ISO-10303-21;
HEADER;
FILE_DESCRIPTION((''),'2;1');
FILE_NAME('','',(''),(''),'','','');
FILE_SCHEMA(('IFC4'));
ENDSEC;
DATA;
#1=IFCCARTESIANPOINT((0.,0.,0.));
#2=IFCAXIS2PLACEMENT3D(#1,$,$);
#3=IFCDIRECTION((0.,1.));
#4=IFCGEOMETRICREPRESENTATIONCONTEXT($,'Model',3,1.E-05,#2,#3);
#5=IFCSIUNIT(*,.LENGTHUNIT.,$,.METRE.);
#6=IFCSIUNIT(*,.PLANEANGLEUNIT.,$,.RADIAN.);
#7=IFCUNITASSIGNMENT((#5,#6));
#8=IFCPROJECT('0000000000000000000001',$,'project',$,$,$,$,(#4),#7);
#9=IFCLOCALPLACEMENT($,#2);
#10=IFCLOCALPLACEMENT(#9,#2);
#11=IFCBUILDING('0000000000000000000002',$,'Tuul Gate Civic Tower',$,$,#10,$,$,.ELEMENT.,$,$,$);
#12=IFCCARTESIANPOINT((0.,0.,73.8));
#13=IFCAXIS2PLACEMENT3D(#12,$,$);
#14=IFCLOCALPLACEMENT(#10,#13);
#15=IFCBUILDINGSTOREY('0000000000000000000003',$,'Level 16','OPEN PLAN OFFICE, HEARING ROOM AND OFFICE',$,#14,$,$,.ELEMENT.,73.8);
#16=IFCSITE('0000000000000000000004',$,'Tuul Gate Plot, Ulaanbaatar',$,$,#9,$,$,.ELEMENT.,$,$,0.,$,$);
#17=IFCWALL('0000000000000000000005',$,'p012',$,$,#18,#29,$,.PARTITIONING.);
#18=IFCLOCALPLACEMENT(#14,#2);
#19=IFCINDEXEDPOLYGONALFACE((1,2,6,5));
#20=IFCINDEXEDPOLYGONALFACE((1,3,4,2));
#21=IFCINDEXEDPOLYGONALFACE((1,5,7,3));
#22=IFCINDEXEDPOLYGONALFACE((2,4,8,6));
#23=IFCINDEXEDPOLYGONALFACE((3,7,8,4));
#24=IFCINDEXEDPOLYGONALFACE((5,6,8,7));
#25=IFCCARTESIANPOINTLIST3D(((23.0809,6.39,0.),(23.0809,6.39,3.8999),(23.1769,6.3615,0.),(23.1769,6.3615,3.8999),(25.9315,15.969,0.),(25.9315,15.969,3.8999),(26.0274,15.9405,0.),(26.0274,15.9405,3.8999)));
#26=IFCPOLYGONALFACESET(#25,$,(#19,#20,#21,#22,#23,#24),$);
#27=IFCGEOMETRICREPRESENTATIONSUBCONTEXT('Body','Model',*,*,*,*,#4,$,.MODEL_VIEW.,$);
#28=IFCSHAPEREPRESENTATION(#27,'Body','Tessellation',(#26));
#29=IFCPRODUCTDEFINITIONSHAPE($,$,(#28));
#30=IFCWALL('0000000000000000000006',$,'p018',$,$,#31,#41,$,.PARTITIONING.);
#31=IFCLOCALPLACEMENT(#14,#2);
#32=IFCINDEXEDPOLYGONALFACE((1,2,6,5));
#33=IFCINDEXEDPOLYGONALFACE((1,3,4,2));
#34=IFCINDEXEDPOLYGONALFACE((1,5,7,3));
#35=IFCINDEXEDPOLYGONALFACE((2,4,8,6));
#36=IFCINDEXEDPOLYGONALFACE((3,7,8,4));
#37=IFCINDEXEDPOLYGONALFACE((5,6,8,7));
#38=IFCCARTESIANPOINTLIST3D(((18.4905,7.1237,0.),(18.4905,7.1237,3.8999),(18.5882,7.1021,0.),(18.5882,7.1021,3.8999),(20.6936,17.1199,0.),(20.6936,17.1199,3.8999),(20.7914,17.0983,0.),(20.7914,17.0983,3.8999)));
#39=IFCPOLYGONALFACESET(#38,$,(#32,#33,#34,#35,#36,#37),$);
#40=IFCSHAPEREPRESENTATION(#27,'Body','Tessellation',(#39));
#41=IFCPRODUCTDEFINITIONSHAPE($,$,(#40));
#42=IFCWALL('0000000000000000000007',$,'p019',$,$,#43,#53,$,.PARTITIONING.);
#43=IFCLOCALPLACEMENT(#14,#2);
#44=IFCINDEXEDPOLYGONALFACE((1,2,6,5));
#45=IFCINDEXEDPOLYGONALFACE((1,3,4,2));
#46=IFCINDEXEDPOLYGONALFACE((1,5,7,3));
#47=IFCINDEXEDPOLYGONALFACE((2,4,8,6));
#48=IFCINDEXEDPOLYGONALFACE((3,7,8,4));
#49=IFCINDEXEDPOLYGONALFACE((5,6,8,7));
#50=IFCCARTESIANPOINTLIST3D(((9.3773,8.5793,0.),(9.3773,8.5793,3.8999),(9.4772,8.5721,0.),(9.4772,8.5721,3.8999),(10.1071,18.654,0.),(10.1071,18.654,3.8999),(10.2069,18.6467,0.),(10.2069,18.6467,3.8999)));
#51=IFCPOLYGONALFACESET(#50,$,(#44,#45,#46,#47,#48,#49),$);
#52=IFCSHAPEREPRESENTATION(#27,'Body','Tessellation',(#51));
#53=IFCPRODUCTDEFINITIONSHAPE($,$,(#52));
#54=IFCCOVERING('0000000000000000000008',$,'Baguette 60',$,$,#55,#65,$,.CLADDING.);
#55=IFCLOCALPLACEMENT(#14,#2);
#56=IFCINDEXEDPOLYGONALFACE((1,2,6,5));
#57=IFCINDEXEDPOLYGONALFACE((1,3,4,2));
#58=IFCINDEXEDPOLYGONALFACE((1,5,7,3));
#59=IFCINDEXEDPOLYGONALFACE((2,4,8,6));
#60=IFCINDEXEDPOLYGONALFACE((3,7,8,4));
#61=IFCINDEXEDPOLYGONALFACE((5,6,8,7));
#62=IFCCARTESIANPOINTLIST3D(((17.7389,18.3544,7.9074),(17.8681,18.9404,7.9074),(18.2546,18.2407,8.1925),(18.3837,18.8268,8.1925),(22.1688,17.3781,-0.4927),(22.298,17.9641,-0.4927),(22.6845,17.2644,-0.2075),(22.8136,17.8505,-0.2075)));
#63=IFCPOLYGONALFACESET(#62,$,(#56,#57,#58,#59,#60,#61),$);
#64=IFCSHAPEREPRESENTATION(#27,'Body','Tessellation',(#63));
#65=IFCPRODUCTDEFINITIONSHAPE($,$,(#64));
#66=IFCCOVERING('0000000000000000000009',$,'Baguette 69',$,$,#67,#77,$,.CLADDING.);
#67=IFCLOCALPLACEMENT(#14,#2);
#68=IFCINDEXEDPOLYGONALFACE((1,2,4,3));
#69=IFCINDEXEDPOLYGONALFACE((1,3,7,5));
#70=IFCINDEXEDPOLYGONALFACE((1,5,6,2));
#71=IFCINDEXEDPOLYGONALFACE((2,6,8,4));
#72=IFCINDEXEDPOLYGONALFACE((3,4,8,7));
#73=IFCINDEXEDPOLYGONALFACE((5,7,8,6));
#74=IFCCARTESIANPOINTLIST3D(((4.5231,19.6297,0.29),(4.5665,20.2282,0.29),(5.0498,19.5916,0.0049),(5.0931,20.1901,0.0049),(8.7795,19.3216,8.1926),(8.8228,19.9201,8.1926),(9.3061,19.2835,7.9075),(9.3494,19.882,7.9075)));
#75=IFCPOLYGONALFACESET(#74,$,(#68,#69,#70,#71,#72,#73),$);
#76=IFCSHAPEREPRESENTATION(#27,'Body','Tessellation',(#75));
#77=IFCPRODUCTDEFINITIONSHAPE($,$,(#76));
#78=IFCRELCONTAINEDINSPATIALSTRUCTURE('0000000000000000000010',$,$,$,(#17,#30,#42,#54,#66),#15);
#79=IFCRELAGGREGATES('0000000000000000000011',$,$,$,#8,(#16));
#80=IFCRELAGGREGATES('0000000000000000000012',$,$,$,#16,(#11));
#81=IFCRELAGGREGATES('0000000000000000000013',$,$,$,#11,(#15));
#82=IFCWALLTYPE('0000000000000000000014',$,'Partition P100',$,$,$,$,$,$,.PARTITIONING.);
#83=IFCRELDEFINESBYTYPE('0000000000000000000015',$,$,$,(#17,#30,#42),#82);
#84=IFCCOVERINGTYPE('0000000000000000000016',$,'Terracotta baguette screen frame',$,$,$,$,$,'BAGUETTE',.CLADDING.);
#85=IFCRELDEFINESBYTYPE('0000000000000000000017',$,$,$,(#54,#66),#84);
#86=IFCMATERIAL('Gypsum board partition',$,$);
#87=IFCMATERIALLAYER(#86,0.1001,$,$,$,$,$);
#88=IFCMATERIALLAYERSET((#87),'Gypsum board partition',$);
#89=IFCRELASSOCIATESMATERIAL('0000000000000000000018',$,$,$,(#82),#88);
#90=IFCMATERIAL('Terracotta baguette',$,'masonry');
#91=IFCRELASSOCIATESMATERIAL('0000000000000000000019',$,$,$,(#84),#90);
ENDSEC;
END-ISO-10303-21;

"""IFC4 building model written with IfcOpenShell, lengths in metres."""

from ifc_helpers import new_model, si_unit, direction, frame, frame_2d, origin, origin_2d, place, context, subcontext, project, spatial, rectangle, extrude, material, layer, layer_set, material_profile, profile_set, type_object, element, save


model = new_model("IFC4")

# Units and contexts
model_context = context("Model", 3, precision=1e-05, world=origin(), true_north=direction((0.0, 1.0)))
body_context = subcontext(model_context, "Body", "Model", "MODEL_VIEW")
ifc_project = project(units=[si_unit("LENGTHUNIT", "METRE"), si_unit("PLANEANGLEUNIT", "RADIAN")], contexts=[model_context])

# Site, building, storey
site_placement = place(None, origin())
site = spatial("IfcSite", under=ifc_project, at=site_placement, Name="Tuul Gate Plot, Ulaanbaatar", CompositionType="ELEMENT", RefElevation=0.0)
building_placement = place(site_placement, origin())
building = spatial("IfcBuilding", under=site, at=building_placement, Name="Tuul Gate Civic Tower", CompositionType="ELEMENT")
storey_placement = place(building_placement, frame((0.0, 0.0, 73.8)))
storey = spatial("IfcBuildingStorey", under=building, at=storey_placement, Name="Level 16", Description="OPEN PLAN OFFICE, HEARING ROOM AND OFFICE", CompositionType="ELEMENT", Elevation=73.8)

# Walls
ifc_material_1 = material(Name="Gypsum board partition")
ifc_layer_1 = layer(ifc_material_1, 0.1001)
ifc_layer_set_1 = layer_set([ifc_layer_1], Name="Gypsum board partition")
wall_type_1 = type_object("IfcWallType", Name="Partition P100", PredefinedType="PARTITIONING", material=ifc_layer_set_1)
wall_1_placement = place(storey_placement, frame((23.1289, 6.3757, 0.0), z_axis=(0.0, 0.0, 1.0), x_axis=(0.285223, 0.958461, 0.0)))
element("IfcWall", 1, at=wall_1_placement, inside=storey, type_object=wall_type_1, Name="p012", PredefinedType="PARTITIONING", context=body_context, shape_type="SweptSolid", body=[
    extrude(rectangle(XDim=9.9941, YDim=0.1001, at=frame_2d((4.9971, 0.0))), origin(), (0.0, 0.0, 1.0), 3.8999),
])
wall_2_placement = place(storey_placement, frame((18.5393, 7.1128, 0.0), z_axis=(0.0, 0.0, 1.0), x_axis=(0.215233, 0.976563, 0.0)))
element("IfcWall", 2, at=wall_2_placement, inside=storey, type_object=wall_type_1, Name="p018", PredefinedType="PARTITIONING", context=body_context, shape_type="SweptSolid", body=[
    extrude(rectangle(XDim=10.2361, YDim=0.1001, at=frame_2d((5.1182, 0.0))), origin(), (0.0, 0.0, 1.0), 3.8999),
])
wall_3_placement = place(storey_placement, frame((9.4272, 8.5757, 0.0), z_axis=(0.0, 0.0, 1.0), x_axis=(0.072243, 0.997387, 0.0)))
element("IfcWall", 3, at=wall_3_placement, inside=storey, type_object=wall_type_1, Name="p019", PredefinedType="PARTITIONING", context=body_context, shape_type="SweptSolid", body=[
    extrude(rectangle(XDim=10.1011, YDim=0.1001, at=frame_2d((5.0505, 0.0))), origin(), (0.0, 0.0, 1.0), 3.8999),
])

# Coverings
ifc_material_2 = material(Name="Terracotta baguette", Category="masonry")
ifc_material_profile_1 = material_profile(ifc_material_2, rectangle(XDim=0.6001, YDim=0.6001, at=origin_2d()), Name="Terracotta baguette screen frame")
ifc_profile_set_1 = profile_set([ifc_material_profile_1], Name="Terracotta baguette")
covering_type = type_object("IfcCoveringType", Name="Terracotta baguette screen frame", ElementType="BAGUETTE", PredefinedType="CLADDING", material=ifc_profile_set_1)
covering_1_placement = place(storey_placement, frame((22.4912, 17.6143, -0.3501), z_axis=(-0.464026, 0.102267, 0.879898), x_axis=(-0.215226, -0.976564, 0.0)))
element("IfcCovering", 4, at=covering_1_placement, inside=storey, type_object=covering_type, Name="Baguette 60", PredefinedType="CLADDING", context=body_context, shape_type="SweptSolid", body=[
    extrude(rectangle(XDim=0.6001, YDim=0.6001, at=origin_2d()), origin(), (0.0, 0.0, 1.0), 9.5466),
])
covering_2_placement = place(storey_placement, frame((9.0645, 19.6018, 8.05), z_axis=(-0.473916, 0.034306, -0.879901), x_axis=(-0.072198, -0.99739, 0.0)))
element("IfcCovering", 5, at=covering_2_placement, inside=storey, type_object=covering_type, Name="Baguette 69", PredefinedType="CLADDING", context=body_context, shape_type="SweptSolid", body=[
    extrude(rectangle(XDim=0.6001, YDim=0.6001, at=origin_2d()), origin(), (0.0, 0.0, 1.0), 8.9812),
])

save(model, "model.ifc")
